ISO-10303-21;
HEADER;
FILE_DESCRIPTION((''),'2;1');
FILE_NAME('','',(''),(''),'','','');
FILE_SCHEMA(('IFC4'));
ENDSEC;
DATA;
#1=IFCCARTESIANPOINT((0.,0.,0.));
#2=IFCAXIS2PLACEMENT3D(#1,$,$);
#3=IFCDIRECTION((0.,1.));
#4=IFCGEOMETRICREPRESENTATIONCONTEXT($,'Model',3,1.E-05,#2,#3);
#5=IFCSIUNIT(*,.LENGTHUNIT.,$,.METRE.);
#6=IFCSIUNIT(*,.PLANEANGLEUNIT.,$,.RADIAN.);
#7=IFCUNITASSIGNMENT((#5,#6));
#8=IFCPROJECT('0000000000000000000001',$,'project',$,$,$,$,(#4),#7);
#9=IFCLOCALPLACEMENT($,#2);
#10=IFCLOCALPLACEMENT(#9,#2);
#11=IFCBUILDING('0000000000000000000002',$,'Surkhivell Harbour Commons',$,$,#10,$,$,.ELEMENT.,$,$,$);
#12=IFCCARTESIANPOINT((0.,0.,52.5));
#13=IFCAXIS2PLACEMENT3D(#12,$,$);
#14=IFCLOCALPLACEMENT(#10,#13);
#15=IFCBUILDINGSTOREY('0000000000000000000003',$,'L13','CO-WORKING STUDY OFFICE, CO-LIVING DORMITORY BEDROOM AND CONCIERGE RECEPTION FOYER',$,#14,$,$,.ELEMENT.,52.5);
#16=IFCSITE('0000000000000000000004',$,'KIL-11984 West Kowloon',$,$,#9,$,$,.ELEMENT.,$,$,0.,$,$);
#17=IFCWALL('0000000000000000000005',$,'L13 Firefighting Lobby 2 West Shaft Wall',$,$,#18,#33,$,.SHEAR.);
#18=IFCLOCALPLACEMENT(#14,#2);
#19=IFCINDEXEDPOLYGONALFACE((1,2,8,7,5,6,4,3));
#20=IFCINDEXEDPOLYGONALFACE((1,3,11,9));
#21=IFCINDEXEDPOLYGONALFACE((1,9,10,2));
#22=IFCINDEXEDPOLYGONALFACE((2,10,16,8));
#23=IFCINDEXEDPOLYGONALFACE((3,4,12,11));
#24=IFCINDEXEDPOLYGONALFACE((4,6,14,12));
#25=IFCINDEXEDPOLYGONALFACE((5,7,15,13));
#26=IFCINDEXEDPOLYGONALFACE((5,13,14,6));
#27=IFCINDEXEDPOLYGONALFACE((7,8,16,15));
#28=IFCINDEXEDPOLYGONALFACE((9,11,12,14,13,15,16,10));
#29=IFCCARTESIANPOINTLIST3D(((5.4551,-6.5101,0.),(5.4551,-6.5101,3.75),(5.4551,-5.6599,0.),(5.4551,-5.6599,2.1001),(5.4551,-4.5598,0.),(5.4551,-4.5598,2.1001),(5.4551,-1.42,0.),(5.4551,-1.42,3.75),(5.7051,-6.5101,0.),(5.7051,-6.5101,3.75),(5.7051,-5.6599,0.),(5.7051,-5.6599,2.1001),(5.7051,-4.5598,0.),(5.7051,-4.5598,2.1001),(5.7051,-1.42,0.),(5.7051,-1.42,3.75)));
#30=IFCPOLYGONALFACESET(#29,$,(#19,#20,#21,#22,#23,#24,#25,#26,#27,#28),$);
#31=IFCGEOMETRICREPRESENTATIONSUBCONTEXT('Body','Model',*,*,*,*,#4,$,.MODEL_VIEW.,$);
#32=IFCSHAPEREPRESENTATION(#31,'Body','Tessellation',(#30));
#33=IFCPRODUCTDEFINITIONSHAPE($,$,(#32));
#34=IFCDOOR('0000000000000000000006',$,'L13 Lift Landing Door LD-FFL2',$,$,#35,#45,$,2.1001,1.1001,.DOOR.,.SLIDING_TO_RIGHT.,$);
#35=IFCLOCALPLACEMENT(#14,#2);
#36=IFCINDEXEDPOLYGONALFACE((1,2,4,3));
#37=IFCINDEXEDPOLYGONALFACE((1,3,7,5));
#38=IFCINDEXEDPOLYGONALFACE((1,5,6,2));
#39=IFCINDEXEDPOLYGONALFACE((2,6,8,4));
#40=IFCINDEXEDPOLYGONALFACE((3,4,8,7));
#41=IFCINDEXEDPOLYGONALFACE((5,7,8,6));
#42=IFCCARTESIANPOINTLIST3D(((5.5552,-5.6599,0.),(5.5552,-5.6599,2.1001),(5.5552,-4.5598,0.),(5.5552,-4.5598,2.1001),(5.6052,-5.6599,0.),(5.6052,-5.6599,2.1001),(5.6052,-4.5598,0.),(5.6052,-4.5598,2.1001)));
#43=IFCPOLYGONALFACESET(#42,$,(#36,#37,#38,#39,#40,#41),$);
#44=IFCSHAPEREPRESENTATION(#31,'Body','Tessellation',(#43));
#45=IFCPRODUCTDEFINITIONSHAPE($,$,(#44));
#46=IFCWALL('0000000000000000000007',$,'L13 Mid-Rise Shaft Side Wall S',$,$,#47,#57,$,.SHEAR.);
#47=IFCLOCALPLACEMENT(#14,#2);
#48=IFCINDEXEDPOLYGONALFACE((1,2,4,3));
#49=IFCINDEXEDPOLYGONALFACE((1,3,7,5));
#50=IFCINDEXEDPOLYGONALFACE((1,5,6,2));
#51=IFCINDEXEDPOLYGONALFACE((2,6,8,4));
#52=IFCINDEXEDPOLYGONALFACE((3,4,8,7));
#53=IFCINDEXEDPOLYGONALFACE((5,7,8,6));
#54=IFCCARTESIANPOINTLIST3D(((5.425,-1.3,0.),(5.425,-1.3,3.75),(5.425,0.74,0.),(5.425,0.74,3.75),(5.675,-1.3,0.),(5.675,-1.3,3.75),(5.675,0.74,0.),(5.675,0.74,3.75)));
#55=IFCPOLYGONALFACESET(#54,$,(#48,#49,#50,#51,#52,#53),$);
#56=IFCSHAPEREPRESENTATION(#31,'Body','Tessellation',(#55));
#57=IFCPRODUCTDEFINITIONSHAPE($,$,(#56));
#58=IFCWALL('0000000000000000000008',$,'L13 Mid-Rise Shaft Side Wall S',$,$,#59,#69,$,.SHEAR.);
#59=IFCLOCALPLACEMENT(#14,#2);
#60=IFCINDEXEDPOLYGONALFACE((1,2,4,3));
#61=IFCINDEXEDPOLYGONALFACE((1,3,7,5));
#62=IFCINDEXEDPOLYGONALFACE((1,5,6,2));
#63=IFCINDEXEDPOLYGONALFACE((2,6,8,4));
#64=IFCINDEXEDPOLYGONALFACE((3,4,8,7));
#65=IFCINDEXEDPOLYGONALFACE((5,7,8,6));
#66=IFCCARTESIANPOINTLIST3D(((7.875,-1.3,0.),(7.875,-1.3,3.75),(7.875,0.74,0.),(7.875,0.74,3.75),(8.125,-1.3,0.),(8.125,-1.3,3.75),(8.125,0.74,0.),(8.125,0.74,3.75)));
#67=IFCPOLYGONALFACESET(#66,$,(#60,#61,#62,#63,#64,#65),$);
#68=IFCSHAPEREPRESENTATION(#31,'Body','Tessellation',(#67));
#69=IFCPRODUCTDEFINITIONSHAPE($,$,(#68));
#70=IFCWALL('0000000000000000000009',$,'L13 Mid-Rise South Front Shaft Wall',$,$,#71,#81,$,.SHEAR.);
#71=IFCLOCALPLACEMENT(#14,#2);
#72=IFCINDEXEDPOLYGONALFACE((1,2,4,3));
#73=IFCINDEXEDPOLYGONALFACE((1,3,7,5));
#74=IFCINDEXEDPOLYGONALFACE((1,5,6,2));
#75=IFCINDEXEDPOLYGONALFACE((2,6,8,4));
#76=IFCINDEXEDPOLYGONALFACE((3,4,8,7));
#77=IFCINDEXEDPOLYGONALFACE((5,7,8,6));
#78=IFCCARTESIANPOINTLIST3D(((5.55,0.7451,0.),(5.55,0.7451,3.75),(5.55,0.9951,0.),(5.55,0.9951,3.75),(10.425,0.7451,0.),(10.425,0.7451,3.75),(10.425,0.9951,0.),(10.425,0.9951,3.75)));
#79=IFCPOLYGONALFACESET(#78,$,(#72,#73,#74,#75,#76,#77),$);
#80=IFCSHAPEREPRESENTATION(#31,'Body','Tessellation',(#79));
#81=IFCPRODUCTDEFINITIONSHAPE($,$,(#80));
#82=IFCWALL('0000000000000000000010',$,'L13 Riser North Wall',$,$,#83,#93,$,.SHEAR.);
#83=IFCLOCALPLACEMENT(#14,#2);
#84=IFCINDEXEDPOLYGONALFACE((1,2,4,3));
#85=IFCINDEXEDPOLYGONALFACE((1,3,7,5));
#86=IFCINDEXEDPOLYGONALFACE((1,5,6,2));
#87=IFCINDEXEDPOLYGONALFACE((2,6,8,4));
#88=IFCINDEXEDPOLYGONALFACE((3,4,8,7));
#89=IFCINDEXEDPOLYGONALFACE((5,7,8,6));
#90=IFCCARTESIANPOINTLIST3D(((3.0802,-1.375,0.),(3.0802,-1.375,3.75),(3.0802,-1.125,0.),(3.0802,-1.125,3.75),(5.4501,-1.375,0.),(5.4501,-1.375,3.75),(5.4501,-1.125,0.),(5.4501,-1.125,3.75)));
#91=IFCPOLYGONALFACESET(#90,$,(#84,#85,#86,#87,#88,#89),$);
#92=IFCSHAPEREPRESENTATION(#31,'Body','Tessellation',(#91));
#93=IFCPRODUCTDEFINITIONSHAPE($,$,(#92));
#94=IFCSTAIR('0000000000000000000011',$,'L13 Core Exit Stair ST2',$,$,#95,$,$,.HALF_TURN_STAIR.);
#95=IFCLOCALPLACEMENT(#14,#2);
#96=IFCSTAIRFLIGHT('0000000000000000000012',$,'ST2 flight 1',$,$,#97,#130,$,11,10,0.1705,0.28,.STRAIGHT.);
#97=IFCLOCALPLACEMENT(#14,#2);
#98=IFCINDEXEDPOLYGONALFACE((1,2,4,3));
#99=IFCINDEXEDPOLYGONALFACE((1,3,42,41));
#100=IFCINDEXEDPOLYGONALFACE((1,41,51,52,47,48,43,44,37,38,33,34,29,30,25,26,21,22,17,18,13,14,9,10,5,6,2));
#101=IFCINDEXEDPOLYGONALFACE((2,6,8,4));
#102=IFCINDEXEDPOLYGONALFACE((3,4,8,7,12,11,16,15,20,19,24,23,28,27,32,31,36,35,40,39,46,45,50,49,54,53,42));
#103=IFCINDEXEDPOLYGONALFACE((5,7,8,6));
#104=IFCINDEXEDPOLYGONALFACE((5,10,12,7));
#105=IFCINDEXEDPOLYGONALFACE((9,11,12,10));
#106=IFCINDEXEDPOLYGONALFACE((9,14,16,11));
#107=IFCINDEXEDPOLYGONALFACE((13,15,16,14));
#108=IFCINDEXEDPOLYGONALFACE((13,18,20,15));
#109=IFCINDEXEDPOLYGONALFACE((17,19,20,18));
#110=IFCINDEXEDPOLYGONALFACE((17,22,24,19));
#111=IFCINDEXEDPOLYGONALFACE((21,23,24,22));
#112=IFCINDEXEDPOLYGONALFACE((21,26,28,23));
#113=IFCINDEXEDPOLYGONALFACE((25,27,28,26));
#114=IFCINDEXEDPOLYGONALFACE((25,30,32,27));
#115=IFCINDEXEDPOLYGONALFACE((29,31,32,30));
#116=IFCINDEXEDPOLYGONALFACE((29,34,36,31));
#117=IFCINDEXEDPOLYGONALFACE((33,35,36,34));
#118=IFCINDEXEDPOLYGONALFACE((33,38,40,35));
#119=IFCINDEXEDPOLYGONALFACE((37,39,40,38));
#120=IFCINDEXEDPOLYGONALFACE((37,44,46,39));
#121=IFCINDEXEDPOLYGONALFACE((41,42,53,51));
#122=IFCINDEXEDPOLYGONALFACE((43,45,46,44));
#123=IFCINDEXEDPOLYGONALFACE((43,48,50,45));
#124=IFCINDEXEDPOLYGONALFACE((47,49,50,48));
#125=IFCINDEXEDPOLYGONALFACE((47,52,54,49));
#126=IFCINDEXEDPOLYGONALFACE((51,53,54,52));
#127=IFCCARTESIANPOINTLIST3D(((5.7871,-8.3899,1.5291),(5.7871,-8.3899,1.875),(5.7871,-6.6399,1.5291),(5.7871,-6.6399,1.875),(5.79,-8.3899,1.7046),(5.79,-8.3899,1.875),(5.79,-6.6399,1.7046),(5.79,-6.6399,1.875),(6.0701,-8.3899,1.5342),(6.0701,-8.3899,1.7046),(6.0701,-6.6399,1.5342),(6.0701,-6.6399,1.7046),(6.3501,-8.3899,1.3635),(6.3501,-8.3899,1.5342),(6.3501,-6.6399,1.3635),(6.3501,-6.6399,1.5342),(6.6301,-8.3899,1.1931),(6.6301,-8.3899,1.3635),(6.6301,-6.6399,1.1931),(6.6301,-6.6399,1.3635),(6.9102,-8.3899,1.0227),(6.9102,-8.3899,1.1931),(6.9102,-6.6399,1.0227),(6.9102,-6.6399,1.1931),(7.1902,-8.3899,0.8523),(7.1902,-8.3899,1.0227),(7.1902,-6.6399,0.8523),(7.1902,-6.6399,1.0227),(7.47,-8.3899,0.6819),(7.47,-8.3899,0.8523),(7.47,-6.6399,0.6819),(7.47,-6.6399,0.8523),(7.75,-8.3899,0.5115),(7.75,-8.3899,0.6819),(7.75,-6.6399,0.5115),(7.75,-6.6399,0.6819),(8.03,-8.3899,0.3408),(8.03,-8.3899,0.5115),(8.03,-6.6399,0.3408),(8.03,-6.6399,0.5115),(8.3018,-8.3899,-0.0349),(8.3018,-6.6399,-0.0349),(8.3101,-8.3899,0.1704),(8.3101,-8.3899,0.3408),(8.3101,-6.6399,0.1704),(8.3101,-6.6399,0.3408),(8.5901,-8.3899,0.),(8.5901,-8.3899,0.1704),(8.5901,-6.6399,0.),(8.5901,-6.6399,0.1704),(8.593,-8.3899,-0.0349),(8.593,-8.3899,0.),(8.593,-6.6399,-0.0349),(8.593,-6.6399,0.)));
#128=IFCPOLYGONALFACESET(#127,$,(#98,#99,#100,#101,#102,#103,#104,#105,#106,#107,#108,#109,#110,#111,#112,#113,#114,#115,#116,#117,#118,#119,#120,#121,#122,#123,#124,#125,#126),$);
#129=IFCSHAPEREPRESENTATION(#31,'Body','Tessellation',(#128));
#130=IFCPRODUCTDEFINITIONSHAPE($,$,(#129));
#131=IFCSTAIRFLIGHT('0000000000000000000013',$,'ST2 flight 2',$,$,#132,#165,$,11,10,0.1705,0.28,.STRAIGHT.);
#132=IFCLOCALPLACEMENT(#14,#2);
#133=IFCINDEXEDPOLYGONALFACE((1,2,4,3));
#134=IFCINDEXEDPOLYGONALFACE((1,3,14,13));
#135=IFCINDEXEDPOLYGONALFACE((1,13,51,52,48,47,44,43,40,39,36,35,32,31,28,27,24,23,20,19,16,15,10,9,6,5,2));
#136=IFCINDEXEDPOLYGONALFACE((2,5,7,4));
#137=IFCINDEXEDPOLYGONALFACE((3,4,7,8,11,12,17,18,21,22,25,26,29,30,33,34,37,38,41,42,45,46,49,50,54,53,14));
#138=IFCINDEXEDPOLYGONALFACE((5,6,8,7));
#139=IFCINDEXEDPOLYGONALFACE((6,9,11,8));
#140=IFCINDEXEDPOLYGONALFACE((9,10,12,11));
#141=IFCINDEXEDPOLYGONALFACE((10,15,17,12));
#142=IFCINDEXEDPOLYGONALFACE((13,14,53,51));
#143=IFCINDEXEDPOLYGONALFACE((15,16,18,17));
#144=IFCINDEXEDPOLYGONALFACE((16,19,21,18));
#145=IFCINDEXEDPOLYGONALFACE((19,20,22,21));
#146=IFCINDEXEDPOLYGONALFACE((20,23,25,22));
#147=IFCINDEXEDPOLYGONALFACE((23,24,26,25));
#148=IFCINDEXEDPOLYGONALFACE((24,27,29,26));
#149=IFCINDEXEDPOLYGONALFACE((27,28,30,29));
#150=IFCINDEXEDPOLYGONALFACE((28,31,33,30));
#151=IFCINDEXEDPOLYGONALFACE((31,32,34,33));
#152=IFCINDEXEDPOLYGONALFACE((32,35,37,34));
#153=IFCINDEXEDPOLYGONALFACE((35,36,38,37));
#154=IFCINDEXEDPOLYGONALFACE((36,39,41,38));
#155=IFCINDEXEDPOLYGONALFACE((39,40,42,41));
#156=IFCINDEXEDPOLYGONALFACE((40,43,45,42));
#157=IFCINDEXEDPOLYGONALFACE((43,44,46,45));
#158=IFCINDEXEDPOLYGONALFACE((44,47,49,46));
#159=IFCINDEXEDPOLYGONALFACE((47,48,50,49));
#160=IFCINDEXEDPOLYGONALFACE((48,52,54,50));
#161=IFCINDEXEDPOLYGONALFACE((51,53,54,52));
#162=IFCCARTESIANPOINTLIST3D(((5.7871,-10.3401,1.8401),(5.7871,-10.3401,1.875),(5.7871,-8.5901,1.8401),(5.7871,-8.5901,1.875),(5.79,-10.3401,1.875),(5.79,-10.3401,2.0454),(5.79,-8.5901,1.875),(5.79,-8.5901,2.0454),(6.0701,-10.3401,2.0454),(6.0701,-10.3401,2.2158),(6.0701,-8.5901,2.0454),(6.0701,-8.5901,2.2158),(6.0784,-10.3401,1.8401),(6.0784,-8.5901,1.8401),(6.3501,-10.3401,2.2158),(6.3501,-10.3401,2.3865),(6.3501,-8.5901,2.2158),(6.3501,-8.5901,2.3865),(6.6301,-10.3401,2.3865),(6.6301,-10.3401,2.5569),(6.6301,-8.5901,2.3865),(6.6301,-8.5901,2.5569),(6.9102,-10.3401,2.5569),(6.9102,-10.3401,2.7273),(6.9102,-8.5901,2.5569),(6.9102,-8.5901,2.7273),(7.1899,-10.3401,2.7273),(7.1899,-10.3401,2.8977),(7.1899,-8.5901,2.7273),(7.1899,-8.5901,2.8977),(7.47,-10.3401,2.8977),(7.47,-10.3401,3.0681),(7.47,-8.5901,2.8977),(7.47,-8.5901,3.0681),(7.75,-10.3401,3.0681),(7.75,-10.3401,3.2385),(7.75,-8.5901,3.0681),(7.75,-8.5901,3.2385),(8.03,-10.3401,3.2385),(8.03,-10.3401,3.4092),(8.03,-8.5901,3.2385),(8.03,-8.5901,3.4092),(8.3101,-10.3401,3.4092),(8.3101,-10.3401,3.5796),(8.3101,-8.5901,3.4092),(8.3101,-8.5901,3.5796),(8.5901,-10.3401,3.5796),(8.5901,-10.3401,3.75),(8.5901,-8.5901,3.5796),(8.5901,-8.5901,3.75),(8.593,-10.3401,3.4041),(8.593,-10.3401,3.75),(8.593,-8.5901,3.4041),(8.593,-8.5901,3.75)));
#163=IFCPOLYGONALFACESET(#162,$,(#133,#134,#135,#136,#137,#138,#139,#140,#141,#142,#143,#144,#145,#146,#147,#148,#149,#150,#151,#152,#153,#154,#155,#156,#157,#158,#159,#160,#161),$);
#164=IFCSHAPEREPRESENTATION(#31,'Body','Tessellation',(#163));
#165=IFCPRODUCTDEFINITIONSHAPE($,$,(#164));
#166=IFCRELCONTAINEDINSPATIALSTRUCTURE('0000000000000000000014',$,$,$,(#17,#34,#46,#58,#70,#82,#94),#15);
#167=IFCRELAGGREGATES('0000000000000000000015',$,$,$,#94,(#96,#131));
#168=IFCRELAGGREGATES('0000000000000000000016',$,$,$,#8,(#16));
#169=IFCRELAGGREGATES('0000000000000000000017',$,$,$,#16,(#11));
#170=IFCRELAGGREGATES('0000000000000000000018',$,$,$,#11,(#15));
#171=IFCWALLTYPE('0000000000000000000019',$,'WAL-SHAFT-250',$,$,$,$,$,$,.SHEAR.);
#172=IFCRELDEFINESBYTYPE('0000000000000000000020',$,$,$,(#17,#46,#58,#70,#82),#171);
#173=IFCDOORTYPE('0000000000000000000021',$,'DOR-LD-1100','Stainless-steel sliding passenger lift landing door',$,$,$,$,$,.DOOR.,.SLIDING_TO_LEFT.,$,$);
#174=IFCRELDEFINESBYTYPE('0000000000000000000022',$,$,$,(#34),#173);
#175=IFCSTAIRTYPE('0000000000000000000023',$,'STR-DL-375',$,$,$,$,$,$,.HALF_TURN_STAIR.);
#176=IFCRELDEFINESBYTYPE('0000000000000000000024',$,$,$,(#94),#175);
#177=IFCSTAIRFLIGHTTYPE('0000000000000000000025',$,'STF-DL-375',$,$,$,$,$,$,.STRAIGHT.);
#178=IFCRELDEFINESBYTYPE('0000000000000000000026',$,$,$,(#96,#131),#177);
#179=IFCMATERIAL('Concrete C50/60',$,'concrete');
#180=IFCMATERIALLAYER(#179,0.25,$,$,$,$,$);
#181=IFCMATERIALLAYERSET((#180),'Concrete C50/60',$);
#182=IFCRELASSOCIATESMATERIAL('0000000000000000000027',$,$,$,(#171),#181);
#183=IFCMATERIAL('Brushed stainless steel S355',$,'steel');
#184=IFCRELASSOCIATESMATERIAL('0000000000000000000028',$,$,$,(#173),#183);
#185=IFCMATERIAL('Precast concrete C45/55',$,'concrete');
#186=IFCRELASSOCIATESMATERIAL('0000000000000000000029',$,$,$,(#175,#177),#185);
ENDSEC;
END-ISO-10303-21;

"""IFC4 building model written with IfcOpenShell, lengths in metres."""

from ifc_helpers import new_model, si_unit, direction, frame, frame_2d, origin, place, context, subcontext, project, spatial, polyline, rectangle, outline, extrude, material, layer, layer_set, type_object, element, fill, aggregate, save


model = new_model("IFC4")

# Units and contexts
model_context = context("Model", 3, precision=1e-05, world=origin(), true_north=direction((0.0, 1.0)))
body_context = subcontext(model_context, "Body", "Model", "MODEL_VIEW")
ifc_project = project(units=[si_unit("LENGTHUNIT", "METRE"), si_unit("PLANEANGLEUNIT", "RADIAN")], contexts=[model_context])

# Site, building, storey
site_placement = place(None, origin())
site = spatial("IfcSite", under=ifc_project, at=site_placement, Name="KIL-11984 West Kowloon", CompositionType="ELEMENT", RefElevation=0.0)
building_placement = place(site_placement, origin())
building = spatial("IfcBuilding", under=site, at=building_placement, Name="Surkhivell Harbour Commons", CompositionType="ELEMENT")
storey_placement = place(building_placement, frame((0.0, 0.0, 52.5)))
storey = spatial("IfcBuildingStorey", under=building, at=storey_placement, Name="L13", Description="CO-WORKING STUDY OFFICE, CO-LIVING DORMITORY BEDROOM AND CONCIERGE RECEPTION FOYER", CompositionType="ELEMENT", Elevation=52.5)

# Shared definitions
ifc_material_1 = material(Name="Concrete C50/60", Category="concrete")
ifc_layer_1 = layer(ifc_material_1, 0.25)
ifc_layer_set_1 = layer_set([ifc_layer_1], Name="Concrete C50/60")
wall_type_1 = type_object("IfcWallType", Name="WAL-SHAFT-250", PredefinedType="SHEAR", material=ifc_layer_set_1)

# Wall, opening, door
wall_1_placement = place(storey_placement, frame((5.5801, -6.51, 0.0), z_axis=(0.0, 0.0, 1.0), x_axis=(0.0, 1.0, 0.0)))
wall_1 = element("IfcWall", 1, at=wall_1_placement, inside=storey, type_object=wall_type_1, Name="L13 Firefighting Lobby 2 West Shaft Wall", PredefinedType="SHEAR", context=body_context, shape_type="SweptSolid", body=[
    extrude(rectangle(XDim=5.0901, YDim=0.25, at=frame_2d((2.5449, 0.0))), origin(), (0.0, 0.0, 1.0), 3.75),
])
opening_placement = place(wall_1_placement, frame((0.8501, 0.0, 0.0)))
opening = element("IfcOpeningElement", 2, at=opening_placement, cuts=wall_1, PredefinedType="OPENING", context=body_context, shape_type="SweptSolid", body=[
    extrude(rectangle(XDim=1.1001, YDim=2.1001, at=frame_2d((0.55, 1.05))), frame((0.0, 0.135, 0.0), z_axis=(0.0, -1.0, 0.0), x_axis=(1.0, 0.0, 0.0)), (0.0, 0.0, 1.0), 0.27),
])
ifc_material_2 = material(Name="Brushed stainless steel S355", Category="steel")
door_type = type_object("IfcDoorType", Name="DOR-LD-1100", Description="Stainless-steel sliding passenger lift landing door", OperationType="SLIDING_TO_LEFT", PredefinedType="DOOR", material=ifc_material_2)
door_placement = place(opening_placement, origin())
door = element("IfcDoor", 3, at=door_placement, inside=storey, type_object=door_type, Name="L13 Lift Landing Door LD-FFL2", OperationType="SLIDING_TO_RIGHT", OverallHeight=2.1001, OverallWidth=1.1001, PredefinedType="DOOR", context=body_context, shape_type="SweptSolid", body=[
    extrude(rectangle(XDim=1.1001, YDim=2.1001, at=frame_2d((0.55, 1.05))), frame((0.0, 0.0249, 0.0), z_axis=(0.0, -1.0, 0.0), x_axis=(1.0, 0.0, 0.0)), (0.0, 0.0, 1.0), 0.05),
])
fill(opening, door)

# Walls
for number, where, z_axis, x_axis, name in (
    (4, (5.55, -1.3, 0.0), (0.0, 0.0, 1.0), (0.0, 1.0, 0.0), "L13 Mid-Rise Shaft Side Wall S"),
    (5, (8.0, -1.3, 0.0), (0.0, 0.0, 1.0), (0.0, 1.0, 0.0), "L13 Mid-Rise Shaft Side Wall S"),
):
    element("IfcWall", number, at=place(storey_placement, frame(where, z_axis=z_axis, x_axis=x_axis)), inside=storey, type_object=wall_type_1, Name=name, PredefinedType="SHEAR", context=body_context, shape_type="SweptSolid", body=[
        extrude(rectangle(XDim=2.04, YDim=0.25, at=frame_2d((1.02, 0.0))), origin(), (0.0, 0.0, 1.0), 3.75),
    ])
wall_2_placement = place(storey_placement, frame((5.55, 0.8701, 0.0), z_axis=(0.0, 0.0, 1.0), x_axis=(1.0, 0.0, 0.0)))
element("IfcWall", 6, at=wall_2_placement, inside=storey, type_object=wall_type_1, Name="L13 Mid-Rise South Front Shaft Wall", PredefinedType="SHEAR", context=body_context, shape_type="SweptSolid", body=[
    extrude(rectangle(XDim=4.875, YDim=0.25, at=frame_2d((2.4375, 0.0))), origin(), (0.0, 0.0, 1.0), 3.75),
])
wall_3_placement = place(storey_placement, frame((3.0801, -1.25, 0.0), z_axis=(0.0, 0.0, 1.0), x_axis=(1.0, 0.0, 0.0)))
element("IfcWall", 7, at=wall_3_placement, inside=storey, type_object=wall_type_1, Name="L13 Riser North Wall", PredefinedType="SHEAR", context=body_context, shape_type="SweptSolid", body=[
    extrude(rectangle(XDim=2.3699, YDim=0.25, at=frame_2d((1.1851, 0.0))), origin(), (0.0, 0.0, 1.0), 3.75),
])

# Stair, stair flights
ifc_material_3 = material(Name="Precast concrete C45/55", Category="concrete")
stair_type = type_object("IfcStairType", Name="STR-DL-375", PredefinedType="HALF_TURN_STAIR", material=ifc_material_3)
stair_placement = place(storey_placement, origin())
stair = element("IfcStair", 8, at=stair_placement, inside=storey, type_object=stair_type, Name="L13 Core Exit Stair ST2", PredefinedType="HALF_TURN_STAIR")
stair_flight_type = type_object("IfcStairFlightType", Name="STF-DL-375", PredefinedType="STRAIGHT", material=ifc_material_3)
stair_flight_1_placement = place(storey_placement, frame((8.5901, -7.5149, 0.0), z_axis=(0.0, 0.0, 1.0), x_axis=(-1.0, 0.0, 0.0)))
stair_flight_1 = element("IfcStairFlight", 9, at=stair_flight_1_placement, type_object=stair_flight_type, Name="ST2 flight 1", NumberOfRisers=11, NumberOfTreads=10, PredefinedType="STRAIGHT", RiserHeight=0.1705, TreadLength=0.28, context=body_context, shape_type="SweptSolid", body=[
    extrude(outline(polyline([(-0.0029, -0.0349), (-0.0029, 0.0), (0.0, 0.0), (0.0, 0.1704), (0.28, 0.1704), (0.28, 0.3408), (0.5601, 0.3408), (0.5601, 0.5115), (0.8401, 0.5115), (0.8401, 0.6819), (1.1201, 0.6819), (1.1201, 0.8523), (1.3999, 0.8523), (1.3999, 1.0227), (1.6799, 1.0227), (1.6799, 1.1931), (1.96, 1.1931), (1.96, 1.3635), (2.24, 1.3635), (2.24, 1.5342), (2.52, 1.5342), (2.52, 1.7046), (2.8, 1.7046), (2.8, 1.875), (2.803, 1.875), (2.803, 1.5291), (0.2883, -0.0349), (-0.0029, -0.0349)])), frame((0.0, 0.875, 0.0), z_axis=(0.0, -1.0, 0.0), x_axis=(1.0, 0.0, 0.0)), (0.0, 0.0, 1.0), 1.75),
])
stair_flight_2_placement = place(storey_placement, frame((5.79, -9.4651, 1.875), z_axis=(0.0, 0.0, 1.0), x_axis=(1.0, 0.0, 0.0)))
stair_flight_2 = element("IfcStairFlight", 10, at=stair_flight_2_placement, type_object=stair_flight_type, Name="ST2 flight 2", NumberOfRisers=11, NumberOfTreads=10, PredefinedType="STRAIGHT", RiserHeight=0.1705, TreadLength=0.28, context=body_context, shape_type="SweptSolid", body=[
    extrude(outline(polyline([(-0.0029, -0.0349), (-0.0029, 0.0), (0.0, 0.0), (0.0, 0.1704), (0.28, 0.1704), (0.28, 0.3408), (0.5601, 0.3408), (0.5601, 0.5115), (0.8401, 0.5115), (0.8401, 0.6819), (1.1201, 0.6819), (1.1201, 0.8523), (1.3999, 0.8523), (1.3999, 1.0227), (1.6799, 1.0227), (1.6799, 1.1931), (1.96, 1.1931), (1.96, 1.3635), (2.24, 1.3635), (2.24, 1.5342), (2.52, 1.5342), (2.52, 1.7046), (2.8, 1.7046), (2.8, 1.875), (2.803, 1.875), (2.803, 1.5291), (0.2883, -0.0349), (-0.0029, -0.0349)])), frame((0.0, 0.875, 0.0), z_axis=(0.0, -1.0, 0.0), x_axis=(1.0, 0.0, 0.0)), (0.0, 0.0, 1.0), 1.75),
])
aggregate(stair, [stair_flight_1, stair_flight_2])

save(model, "model.ifc")
